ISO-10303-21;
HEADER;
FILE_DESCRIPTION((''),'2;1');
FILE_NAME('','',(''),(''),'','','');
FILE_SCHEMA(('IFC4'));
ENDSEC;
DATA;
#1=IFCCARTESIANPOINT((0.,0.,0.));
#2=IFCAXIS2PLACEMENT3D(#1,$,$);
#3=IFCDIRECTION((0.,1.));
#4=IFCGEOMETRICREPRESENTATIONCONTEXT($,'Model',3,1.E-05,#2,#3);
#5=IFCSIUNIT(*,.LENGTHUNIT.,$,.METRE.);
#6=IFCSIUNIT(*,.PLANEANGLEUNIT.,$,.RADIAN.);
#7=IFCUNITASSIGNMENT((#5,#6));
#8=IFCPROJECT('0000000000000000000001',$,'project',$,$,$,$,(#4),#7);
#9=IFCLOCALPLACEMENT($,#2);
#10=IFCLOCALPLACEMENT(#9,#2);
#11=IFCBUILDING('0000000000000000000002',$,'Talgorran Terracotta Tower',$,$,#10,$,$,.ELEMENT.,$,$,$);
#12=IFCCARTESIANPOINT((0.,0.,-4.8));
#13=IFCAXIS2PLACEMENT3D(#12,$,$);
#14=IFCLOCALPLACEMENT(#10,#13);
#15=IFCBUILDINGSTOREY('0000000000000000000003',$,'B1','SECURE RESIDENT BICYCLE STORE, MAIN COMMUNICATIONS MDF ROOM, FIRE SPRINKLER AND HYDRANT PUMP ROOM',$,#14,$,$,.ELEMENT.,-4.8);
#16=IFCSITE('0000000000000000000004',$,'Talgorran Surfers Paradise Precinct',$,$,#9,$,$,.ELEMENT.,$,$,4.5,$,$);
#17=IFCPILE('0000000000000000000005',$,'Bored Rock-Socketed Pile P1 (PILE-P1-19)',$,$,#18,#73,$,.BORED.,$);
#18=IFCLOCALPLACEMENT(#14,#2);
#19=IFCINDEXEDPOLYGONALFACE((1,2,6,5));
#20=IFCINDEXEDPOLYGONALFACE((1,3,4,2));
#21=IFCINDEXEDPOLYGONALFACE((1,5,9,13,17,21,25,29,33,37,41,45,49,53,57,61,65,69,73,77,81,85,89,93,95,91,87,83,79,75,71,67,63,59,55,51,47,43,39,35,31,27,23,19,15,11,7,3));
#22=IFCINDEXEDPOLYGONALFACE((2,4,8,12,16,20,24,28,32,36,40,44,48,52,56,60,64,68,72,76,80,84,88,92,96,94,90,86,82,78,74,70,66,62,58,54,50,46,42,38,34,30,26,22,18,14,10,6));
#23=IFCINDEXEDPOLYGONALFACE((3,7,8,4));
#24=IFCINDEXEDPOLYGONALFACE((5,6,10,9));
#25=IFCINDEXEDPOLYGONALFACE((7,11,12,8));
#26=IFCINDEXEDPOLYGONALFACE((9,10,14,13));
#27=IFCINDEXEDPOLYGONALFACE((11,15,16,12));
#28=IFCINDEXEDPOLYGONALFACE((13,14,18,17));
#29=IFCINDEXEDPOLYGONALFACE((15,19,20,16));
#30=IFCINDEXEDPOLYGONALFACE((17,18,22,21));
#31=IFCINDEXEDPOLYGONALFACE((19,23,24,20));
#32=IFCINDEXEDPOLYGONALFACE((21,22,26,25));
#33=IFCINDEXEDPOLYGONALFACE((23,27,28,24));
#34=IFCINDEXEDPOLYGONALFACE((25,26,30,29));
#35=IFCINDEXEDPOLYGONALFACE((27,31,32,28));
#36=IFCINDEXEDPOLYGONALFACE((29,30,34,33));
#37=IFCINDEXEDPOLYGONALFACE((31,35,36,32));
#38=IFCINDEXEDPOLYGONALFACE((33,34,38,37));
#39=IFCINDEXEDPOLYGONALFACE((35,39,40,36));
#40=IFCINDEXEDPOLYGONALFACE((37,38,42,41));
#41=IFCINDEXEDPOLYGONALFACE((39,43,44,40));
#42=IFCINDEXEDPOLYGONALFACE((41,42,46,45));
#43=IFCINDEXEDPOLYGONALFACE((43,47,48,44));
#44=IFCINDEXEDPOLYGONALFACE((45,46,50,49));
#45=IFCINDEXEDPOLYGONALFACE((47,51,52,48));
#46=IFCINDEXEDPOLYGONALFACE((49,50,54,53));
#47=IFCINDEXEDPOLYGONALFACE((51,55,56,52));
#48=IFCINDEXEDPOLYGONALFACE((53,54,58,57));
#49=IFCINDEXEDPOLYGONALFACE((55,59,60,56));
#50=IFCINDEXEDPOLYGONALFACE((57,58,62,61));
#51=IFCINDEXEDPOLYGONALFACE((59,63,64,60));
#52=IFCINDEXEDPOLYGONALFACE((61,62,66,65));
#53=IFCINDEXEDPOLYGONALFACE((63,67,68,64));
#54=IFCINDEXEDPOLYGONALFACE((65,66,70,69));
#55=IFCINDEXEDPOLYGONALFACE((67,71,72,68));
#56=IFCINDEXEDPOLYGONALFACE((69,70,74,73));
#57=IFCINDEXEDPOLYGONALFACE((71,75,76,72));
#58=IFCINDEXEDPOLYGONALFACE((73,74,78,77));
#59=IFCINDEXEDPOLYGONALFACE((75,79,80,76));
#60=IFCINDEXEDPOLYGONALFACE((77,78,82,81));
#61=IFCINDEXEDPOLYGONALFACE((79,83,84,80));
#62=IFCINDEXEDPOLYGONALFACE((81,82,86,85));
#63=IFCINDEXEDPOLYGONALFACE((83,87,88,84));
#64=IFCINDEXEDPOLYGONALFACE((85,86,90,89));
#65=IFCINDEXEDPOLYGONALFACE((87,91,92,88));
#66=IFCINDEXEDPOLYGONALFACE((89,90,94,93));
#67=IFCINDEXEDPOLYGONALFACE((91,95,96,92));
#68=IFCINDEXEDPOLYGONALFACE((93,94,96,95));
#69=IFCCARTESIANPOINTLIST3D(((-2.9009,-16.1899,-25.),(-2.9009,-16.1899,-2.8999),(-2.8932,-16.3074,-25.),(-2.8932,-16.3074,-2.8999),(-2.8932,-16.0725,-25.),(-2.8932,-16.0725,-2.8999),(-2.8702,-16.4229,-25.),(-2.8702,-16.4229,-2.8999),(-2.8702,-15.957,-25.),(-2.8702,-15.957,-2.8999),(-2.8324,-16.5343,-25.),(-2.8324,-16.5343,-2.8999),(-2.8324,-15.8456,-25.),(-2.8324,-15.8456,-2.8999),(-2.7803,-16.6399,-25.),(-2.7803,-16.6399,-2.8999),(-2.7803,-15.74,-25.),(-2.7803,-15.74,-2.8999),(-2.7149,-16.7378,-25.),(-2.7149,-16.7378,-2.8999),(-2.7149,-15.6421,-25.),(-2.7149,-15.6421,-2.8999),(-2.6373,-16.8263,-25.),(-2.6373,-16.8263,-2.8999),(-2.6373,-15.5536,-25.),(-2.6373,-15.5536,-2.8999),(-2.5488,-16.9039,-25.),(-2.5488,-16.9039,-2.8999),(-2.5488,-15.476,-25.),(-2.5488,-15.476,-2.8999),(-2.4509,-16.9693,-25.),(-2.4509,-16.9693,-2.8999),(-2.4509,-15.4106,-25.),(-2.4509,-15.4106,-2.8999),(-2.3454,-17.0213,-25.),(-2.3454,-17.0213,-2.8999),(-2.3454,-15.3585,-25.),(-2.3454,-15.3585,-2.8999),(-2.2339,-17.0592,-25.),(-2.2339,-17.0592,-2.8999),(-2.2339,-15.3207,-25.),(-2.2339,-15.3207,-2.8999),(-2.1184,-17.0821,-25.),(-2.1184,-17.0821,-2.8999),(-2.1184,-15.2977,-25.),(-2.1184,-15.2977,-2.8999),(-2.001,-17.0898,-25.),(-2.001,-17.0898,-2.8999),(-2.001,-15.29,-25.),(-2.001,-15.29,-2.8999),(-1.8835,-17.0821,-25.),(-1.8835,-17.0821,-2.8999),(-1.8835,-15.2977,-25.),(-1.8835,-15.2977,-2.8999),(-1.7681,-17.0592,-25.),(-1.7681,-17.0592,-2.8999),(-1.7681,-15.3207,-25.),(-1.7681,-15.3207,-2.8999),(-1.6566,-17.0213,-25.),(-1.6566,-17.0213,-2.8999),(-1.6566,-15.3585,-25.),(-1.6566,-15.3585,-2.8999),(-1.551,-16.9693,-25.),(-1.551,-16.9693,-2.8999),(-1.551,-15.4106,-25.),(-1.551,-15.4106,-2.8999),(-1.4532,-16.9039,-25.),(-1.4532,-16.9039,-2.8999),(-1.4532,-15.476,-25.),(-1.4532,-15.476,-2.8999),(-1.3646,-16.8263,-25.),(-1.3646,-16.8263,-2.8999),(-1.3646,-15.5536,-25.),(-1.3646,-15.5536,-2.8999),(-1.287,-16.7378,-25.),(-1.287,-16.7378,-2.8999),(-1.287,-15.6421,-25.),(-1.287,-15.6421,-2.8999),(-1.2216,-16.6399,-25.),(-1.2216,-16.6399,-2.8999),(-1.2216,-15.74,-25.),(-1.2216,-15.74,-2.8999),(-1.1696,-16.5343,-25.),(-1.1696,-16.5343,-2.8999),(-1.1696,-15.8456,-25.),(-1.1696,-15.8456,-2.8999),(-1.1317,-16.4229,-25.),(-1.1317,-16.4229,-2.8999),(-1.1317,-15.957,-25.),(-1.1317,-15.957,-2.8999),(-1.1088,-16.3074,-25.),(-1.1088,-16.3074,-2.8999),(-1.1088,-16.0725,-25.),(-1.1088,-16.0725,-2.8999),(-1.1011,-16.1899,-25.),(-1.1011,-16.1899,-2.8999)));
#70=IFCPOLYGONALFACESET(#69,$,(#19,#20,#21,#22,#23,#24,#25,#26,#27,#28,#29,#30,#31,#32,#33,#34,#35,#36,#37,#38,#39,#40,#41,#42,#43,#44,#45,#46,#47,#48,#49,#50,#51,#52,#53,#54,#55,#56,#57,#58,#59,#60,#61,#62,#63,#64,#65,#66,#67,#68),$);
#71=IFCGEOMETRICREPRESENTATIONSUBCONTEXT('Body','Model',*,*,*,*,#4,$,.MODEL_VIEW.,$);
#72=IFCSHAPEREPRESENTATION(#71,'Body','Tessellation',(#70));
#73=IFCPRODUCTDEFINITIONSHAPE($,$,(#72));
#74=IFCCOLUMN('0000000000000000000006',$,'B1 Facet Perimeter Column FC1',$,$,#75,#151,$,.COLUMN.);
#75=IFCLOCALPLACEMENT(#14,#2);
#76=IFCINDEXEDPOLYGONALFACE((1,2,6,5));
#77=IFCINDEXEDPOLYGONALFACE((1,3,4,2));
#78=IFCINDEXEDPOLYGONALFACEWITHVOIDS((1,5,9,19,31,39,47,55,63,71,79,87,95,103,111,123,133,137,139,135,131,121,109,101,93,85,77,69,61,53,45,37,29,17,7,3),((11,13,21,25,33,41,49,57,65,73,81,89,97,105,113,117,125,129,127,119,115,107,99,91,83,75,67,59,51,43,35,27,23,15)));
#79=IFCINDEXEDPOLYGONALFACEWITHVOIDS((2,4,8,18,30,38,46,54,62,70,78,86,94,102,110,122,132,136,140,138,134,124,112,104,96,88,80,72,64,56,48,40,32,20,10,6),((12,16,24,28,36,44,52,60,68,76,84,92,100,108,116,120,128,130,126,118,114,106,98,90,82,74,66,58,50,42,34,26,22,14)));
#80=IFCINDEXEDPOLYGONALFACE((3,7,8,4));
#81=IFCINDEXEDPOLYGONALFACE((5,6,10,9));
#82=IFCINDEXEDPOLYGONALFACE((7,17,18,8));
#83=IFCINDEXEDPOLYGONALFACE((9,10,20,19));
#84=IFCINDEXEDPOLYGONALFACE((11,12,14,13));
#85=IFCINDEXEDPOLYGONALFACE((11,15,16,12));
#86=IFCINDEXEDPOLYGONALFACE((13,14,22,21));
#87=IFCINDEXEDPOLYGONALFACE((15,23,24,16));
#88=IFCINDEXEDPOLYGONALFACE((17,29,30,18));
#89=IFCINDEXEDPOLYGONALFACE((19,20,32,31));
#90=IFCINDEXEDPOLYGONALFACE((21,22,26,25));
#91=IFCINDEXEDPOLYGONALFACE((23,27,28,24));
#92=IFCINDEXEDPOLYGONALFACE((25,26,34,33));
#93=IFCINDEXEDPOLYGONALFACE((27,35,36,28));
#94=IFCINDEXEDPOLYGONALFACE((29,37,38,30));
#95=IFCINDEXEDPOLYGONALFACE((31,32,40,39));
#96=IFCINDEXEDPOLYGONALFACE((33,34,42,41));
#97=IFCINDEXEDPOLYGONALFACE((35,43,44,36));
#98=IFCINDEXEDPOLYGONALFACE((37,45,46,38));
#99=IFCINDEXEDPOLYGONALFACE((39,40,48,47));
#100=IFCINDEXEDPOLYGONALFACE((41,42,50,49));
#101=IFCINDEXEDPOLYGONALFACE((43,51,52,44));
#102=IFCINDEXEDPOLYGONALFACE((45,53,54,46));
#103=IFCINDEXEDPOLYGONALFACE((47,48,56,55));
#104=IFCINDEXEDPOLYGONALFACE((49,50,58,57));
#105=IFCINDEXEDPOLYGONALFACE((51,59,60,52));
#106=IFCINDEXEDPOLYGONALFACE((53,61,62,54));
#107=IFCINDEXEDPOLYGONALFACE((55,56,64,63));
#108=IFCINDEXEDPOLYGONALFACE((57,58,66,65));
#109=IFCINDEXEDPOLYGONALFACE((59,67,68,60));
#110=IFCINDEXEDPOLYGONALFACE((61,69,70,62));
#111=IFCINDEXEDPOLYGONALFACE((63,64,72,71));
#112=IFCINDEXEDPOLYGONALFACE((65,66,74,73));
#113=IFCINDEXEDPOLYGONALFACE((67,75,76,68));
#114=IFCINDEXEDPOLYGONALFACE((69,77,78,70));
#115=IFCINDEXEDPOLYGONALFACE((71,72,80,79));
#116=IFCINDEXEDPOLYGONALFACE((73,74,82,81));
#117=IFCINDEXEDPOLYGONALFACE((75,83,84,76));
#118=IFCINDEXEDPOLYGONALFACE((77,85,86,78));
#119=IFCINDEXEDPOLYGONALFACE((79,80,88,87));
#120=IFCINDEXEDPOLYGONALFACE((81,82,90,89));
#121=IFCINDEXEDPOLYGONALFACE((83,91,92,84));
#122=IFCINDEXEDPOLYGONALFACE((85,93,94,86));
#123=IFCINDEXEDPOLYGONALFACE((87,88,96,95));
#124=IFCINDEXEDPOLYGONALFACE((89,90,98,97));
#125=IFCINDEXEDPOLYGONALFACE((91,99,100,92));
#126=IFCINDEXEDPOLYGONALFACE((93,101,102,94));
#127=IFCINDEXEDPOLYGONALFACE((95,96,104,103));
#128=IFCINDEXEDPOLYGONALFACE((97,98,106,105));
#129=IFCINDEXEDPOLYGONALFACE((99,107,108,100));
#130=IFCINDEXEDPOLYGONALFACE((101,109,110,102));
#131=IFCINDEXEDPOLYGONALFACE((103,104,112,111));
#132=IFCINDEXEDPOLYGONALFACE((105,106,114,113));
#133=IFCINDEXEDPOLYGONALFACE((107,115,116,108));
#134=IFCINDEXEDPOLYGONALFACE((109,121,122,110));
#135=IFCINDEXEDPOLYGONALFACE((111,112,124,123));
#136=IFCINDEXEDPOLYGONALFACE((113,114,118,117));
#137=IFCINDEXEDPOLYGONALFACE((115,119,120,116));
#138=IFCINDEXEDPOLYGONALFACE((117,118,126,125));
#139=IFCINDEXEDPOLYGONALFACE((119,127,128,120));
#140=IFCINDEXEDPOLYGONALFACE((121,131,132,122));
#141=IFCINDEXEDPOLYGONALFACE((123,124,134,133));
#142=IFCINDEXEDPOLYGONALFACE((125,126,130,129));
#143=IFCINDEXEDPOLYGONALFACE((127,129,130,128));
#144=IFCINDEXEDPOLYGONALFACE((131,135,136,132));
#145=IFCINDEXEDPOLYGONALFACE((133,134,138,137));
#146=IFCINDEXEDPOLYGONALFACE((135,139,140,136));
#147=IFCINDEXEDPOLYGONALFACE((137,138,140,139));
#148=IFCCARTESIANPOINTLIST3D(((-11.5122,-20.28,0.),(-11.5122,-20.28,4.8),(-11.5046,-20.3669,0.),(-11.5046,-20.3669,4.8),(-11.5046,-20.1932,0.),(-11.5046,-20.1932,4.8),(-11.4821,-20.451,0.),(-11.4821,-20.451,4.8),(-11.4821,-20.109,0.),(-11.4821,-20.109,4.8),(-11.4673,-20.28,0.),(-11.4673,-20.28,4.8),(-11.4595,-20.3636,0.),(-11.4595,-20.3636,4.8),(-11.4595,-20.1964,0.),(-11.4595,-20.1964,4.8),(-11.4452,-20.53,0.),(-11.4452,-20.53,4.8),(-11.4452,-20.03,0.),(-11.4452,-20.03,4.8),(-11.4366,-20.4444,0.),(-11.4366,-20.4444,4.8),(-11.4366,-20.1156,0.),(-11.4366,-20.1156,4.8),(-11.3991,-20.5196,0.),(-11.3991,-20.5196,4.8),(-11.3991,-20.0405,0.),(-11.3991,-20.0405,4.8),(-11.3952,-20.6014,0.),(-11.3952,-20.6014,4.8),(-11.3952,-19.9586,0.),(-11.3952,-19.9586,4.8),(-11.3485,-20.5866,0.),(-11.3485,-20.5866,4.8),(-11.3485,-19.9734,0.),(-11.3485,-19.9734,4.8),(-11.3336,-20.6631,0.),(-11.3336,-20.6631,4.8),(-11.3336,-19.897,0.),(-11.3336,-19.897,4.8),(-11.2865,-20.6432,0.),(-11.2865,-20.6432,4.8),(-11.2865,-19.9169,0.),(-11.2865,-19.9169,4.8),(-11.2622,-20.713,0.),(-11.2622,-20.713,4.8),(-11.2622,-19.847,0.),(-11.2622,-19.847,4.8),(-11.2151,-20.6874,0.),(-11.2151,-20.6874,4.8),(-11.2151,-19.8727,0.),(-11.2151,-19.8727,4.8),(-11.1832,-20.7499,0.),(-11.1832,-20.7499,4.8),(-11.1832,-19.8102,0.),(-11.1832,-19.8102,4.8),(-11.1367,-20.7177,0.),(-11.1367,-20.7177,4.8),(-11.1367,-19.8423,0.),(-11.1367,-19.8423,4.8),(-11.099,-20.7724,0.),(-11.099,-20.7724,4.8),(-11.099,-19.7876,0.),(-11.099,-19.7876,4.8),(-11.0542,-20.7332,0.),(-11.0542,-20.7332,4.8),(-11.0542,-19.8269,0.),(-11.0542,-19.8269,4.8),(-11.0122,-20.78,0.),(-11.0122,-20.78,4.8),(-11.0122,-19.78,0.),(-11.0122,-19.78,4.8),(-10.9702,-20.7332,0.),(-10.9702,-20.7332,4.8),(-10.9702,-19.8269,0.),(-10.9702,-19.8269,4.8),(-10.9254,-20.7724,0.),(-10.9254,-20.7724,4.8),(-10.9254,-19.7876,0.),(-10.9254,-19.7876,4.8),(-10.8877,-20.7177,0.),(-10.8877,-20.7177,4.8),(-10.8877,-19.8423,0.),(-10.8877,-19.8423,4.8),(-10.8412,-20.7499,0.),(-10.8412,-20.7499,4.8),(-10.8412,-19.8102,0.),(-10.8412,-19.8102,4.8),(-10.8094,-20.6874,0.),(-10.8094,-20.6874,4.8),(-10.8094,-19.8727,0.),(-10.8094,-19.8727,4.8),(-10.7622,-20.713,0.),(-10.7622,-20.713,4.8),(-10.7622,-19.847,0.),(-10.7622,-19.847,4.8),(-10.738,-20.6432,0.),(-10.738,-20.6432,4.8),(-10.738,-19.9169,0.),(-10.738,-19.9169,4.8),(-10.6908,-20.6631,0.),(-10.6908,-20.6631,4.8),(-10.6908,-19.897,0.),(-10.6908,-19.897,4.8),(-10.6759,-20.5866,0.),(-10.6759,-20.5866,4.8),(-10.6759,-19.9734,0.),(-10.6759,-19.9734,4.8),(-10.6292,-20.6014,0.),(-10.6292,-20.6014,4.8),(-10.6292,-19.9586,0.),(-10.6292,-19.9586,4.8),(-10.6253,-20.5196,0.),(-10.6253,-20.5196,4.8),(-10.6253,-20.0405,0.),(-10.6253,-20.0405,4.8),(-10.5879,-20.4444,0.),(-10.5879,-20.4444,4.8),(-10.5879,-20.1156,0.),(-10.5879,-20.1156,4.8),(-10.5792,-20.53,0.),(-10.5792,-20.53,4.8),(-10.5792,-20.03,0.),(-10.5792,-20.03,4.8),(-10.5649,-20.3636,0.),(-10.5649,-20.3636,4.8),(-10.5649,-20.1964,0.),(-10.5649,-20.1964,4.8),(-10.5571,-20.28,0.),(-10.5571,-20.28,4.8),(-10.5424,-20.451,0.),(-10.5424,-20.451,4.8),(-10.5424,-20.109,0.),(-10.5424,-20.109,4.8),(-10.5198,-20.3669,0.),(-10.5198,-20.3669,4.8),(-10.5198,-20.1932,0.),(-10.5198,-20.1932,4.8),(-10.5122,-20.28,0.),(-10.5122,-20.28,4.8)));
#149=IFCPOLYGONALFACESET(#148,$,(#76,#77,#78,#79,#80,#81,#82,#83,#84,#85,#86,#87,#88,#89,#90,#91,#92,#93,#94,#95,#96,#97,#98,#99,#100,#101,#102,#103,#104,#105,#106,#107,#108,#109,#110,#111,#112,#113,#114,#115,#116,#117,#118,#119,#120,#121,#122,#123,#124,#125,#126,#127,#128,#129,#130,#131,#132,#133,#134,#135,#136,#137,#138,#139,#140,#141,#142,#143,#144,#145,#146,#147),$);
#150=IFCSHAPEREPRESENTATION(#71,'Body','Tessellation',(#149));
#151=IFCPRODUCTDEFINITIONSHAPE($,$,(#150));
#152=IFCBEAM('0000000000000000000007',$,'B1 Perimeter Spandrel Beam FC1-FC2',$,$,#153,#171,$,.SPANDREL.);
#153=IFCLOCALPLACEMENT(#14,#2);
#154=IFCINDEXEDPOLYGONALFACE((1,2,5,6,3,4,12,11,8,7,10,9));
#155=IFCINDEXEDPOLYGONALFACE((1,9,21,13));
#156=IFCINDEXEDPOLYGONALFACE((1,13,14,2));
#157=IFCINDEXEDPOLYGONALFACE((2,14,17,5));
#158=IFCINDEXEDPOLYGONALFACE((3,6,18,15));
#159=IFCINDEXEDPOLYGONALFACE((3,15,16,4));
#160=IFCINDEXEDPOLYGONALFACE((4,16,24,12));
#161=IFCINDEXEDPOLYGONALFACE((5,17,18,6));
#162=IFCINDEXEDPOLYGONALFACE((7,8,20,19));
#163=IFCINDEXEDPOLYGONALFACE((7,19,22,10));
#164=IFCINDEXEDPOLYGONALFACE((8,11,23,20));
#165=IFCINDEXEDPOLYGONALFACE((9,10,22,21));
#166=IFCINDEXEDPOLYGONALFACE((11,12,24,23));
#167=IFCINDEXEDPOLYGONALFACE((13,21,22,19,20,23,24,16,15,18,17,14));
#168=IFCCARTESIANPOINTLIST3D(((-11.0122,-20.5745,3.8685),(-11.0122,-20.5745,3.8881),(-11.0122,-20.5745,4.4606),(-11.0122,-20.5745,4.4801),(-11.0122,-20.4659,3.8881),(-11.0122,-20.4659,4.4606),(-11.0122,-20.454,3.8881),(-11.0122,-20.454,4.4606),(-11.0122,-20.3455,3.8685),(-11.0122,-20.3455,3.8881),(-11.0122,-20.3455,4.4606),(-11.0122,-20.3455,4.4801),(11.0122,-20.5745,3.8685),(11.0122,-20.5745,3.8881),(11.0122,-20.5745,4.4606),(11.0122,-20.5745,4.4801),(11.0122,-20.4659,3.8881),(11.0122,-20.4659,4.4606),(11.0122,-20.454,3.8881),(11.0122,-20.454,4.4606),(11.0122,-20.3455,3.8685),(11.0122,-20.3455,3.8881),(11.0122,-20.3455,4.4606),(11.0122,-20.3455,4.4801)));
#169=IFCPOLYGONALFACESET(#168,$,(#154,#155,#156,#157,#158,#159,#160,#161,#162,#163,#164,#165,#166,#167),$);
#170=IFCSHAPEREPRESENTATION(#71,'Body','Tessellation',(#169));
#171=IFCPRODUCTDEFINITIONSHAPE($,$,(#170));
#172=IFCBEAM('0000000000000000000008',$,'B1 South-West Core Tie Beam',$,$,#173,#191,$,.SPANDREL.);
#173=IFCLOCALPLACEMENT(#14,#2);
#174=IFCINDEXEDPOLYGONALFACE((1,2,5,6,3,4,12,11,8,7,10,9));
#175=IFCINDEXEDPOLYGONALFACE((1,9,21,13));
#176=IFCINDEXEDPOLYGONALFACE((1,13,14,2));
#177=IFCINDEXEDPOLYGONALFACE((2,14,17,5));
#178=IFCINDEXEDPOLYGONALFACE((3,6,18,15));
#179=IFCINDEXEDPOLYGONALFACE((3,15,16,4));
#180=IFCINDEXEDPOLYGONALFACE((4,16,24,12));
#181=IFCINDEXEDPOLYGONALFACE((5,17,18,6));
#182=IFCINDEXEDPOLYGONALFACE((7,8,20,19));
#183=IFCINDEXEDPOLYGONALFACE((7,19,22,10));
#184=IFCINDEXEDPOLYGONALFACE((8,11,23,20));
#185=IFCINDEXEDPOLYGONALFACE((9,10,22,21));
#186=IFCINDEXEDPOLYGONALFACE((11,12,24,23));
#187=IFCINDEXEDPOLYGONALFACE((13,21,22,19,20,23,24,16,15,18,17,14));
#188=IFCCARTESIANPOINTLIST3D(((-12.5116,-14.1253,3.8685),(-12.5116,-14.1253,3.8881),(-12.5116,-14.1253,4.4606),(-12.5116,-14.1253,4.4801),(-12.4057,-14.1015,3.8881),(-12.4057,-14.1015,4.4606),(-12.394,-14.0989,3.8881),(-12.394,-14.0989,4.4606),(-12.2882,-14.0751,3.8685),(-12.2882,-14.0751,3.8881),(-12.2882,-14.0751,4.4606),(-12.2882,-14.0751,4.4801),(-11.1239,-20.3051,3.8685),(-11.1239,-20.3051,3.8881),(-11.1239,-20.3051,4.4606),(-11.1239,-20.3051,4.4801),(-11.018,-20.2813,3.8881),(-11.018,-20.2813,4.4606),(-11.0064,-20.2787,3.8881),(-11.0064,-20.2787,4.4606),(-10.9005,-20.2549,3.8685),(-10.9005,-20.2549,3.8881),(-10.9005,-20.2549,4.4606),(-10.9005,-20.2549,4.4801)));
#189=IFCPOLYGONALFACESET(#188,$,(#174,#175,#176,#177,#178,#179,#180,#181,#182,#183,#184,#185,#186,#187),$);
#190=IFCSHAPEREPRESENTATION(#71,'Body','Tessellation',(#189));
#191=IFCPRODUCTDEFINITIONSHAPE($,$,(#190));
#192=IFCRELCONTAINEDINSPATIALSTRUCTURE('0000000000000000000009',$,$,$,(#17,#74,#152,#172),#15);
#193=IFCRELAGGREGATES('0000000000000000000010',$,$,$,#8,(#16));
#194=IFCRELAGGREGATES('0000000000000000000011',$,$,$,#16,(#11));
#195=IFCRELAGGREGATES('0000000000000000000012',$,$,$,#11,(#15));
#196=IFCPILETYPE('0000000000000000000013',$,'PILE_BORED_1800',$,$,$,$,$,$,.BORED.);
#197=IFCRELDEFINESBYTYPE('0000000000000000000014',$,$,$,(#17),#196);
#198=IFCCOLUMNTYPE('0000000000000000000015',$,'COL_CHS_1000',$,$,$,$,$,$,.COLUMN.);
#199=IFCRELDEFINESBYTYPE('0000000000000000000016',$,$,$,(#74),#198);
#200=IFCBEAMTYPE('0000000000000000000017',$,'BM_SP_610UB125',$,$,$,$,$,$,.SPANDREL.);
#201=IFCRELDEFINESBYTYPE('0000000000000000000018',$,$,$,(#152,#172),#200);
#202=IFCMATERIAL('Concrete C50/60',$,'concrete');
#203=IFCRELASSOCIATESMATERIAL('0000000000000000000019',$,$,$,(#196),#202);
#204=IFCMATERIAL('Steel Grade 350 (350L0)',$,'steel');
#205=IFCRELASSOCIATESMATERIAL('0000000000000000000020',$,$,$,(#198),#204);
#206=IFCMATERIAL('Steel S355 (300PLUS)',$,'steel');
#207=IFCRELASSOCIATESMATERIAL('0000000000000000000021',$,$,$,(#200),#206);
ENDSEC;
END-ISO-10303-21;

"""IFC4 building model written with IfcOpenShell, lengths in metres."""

from ifc_helpers import new_model, si_unit, direction, frame, origin, origin_2d, place, context, subcontext, project, spatial, circle, hollow_circle, i_section, extrude, material, material_profile, profile_set, type_object, element, save


model = new_model("IFC4")

# Units and contexts
model_context = context("Model", 3, precision=1e-05, world=origin(), true_north=direction((0.0, 1.0)))
body_context = subcontext(model_context, "Body", "Model", "MODEL_VIEW")
ifc_project = project(units=[si_unit("LENGTHUNIT", "METRE"), si_unit("PLANEANGLEUNIT", "RADIAN")], contexts=[model_context])

# Site, building, storey
site_placement = place(None, origin())
site = spatial("IfcSite", under=ifc_project, at=site_placement, Name="Talgorran Surfers Paradise Precinct", CompositionType="ELEMENT", RefElevation=4.5)
building_placement = place(site_placement, origin())
building = spatial("IfcBuilding", under=site, at=building_placement, Name="Talgorran Terracotta Tower", CompositionType="ELEMENT")
storey_placement = place(building_placement, frame((0.0, 0.0, -4.8)))
storey = spatial("IfcBuildingStorey", under=building, at=storey_placement, Name="B1", Description="SECURE RESIDENT BICYCLE STORE, MAIN COMMUNICATIONS MDF ROOM, FIRE SPRINKLER AND HYDRANT PUMP ROOM", CompositionType="ELEMENT", Elevation=-4.8)

# Shared definitions
ifc_material_1 = material(Name="Concrete C50/60", Category="concrete")

# Pile
ifc_material_profile_1 = material_profile(ifc_material_1, circle(Radius=0.8999, at=origin_2d()), Name="PILE1800")
ifc_profile_set_1 = profile_set([ifc_material_profile_1], Name="Concrete C50/60")
pile_type = type_object("IfcPileType", Name="PILE_BORED_1800", PredefinedType="BORED", material=ifc_profile_set_1)
for number, where, z_axis, x_axis, name in (
    (1, (-2.001, -16.1899, -2.8999), (0.0, 0.0, -1.0), (1.0, 0.0, 0.0), "Bored Rock-Socketed Pile P1 (PILE-P1-19)"),
):
    element("IfcPile", number, at=place(storey_placement, frame(where, z_axis=z_axis, x_axis=x_axis)), inside=storey, type_object=pile_type, Name=name, PredefinedType="BORED", context=body_context, shape_type="SweptSolid", body=[
        extrude(circle(Radius=0.8999, at=origin_2d()), origin(), (0.0, 0.0, 1.0), 22.1001),
    ])

# Column
ifc_material_2 = material(Name="Steel Grade 350 (350L0)", Category="steel")
ifc_material_profile_2 = material_profile(ifc_material_2, hollow_circle(Radius=0.5, WallThickness=0.0449, at=origin_2d()), Name="CHS1000X45")
ifc_profile_set_2 = profile_set([ifc_material_profile_2], Name="Steel Grade 350 (350L0)")
column_type = type_object("IfcColumnType", Name="COL_CHS_1000", PredefinedType="COLUMN", material=ifc_profile_set_2)
column_placement = place(storey_placement, frame((-11.0122, -20.28, 0.0), z_axis=(0.0, 0.0, 1.0), x_axis=(1.0, 0.0, 0.0)))
element("IfcColumn", 2, at=column_placement, inside=storey, type_object=column_type, Name="B1 Facet Perimeter Column FC1", PredefinedType="COLUMN", context=body_context, shape_type="SweptSolid", body=[
    extrude(hollow_circle(Radius=0.5, WallThickness=0.0449, at=origin_2d()), origin(), (0.0, 0.0, 1.0), 4.8),
])

# Beams
ifc_material_3 = material(Name="Steel S355 (300PLUS)", Category="steel")
ifc_material_profile_3 = material_profile(ifc_material_3, i_section(OverallWidth=0.229, OverallDepth=0.6116, WebThickness=0.012, FlangeThickness=0.0195, at=origin_2d()), Name="610UB125")
ifc_profile_set_3 = profile_set([ifc_material_profile_3], Name="Steel S355 (300PLUS)")
beam_type = type_object("IfcBeamType", Name="BM_SP_610UB125", PredefinedType="SPANDREL", material=ifc_profile_set_3)
beam_1_placement = place(storey_placement, frame((-11.0122, -20.46, 4.1743), z_axis=(1.0, 0.0, 0.0), x_axis=(0.0, 1.0, 0.0)))
element("IfcBeam", 3, at=beam_1_placement, inside=storey, type_object=beam_type, Name="B1 Perimeter Spandrel Beam FC1-FC2", PredefinedType="SPANDREL", context=body_context, shape_type="SweptSolid", body=[
    extrude(i_section(OverallWidth=0.229, OverallDepth=0.6116, WebThickness=0.012, FlangeThickness=0.0195, at=origin_2d()), origin(), (0.0, 0.0, 1.0), 22.0244),
])
beam_2_placement = place(storey_placement, frame((-11.0122, -20.28, 4.1743), z_axis=(-0.219093, 0.975704, 0.0), x_axis=(-0.975704, -0.219093, 0.0)))
element("IfcBeam", 4, at=beam_2_placement, inside=storey, type_object=beam_type, Name="B1 South-West Core Tie Beam", PredefinedType="SPANDREL", context=body_context, shape_type="SweptSolid", body=[
    extrude(i_section(OverallWidth=0.229, OverallDepth=0.6116, WebThickness=0.012, FlangeThickness=0.0195, at=origin_2d()), origin(), (0.0, 0.0, 1.0), 6.3337),
])

save(model, "model.ifc")
